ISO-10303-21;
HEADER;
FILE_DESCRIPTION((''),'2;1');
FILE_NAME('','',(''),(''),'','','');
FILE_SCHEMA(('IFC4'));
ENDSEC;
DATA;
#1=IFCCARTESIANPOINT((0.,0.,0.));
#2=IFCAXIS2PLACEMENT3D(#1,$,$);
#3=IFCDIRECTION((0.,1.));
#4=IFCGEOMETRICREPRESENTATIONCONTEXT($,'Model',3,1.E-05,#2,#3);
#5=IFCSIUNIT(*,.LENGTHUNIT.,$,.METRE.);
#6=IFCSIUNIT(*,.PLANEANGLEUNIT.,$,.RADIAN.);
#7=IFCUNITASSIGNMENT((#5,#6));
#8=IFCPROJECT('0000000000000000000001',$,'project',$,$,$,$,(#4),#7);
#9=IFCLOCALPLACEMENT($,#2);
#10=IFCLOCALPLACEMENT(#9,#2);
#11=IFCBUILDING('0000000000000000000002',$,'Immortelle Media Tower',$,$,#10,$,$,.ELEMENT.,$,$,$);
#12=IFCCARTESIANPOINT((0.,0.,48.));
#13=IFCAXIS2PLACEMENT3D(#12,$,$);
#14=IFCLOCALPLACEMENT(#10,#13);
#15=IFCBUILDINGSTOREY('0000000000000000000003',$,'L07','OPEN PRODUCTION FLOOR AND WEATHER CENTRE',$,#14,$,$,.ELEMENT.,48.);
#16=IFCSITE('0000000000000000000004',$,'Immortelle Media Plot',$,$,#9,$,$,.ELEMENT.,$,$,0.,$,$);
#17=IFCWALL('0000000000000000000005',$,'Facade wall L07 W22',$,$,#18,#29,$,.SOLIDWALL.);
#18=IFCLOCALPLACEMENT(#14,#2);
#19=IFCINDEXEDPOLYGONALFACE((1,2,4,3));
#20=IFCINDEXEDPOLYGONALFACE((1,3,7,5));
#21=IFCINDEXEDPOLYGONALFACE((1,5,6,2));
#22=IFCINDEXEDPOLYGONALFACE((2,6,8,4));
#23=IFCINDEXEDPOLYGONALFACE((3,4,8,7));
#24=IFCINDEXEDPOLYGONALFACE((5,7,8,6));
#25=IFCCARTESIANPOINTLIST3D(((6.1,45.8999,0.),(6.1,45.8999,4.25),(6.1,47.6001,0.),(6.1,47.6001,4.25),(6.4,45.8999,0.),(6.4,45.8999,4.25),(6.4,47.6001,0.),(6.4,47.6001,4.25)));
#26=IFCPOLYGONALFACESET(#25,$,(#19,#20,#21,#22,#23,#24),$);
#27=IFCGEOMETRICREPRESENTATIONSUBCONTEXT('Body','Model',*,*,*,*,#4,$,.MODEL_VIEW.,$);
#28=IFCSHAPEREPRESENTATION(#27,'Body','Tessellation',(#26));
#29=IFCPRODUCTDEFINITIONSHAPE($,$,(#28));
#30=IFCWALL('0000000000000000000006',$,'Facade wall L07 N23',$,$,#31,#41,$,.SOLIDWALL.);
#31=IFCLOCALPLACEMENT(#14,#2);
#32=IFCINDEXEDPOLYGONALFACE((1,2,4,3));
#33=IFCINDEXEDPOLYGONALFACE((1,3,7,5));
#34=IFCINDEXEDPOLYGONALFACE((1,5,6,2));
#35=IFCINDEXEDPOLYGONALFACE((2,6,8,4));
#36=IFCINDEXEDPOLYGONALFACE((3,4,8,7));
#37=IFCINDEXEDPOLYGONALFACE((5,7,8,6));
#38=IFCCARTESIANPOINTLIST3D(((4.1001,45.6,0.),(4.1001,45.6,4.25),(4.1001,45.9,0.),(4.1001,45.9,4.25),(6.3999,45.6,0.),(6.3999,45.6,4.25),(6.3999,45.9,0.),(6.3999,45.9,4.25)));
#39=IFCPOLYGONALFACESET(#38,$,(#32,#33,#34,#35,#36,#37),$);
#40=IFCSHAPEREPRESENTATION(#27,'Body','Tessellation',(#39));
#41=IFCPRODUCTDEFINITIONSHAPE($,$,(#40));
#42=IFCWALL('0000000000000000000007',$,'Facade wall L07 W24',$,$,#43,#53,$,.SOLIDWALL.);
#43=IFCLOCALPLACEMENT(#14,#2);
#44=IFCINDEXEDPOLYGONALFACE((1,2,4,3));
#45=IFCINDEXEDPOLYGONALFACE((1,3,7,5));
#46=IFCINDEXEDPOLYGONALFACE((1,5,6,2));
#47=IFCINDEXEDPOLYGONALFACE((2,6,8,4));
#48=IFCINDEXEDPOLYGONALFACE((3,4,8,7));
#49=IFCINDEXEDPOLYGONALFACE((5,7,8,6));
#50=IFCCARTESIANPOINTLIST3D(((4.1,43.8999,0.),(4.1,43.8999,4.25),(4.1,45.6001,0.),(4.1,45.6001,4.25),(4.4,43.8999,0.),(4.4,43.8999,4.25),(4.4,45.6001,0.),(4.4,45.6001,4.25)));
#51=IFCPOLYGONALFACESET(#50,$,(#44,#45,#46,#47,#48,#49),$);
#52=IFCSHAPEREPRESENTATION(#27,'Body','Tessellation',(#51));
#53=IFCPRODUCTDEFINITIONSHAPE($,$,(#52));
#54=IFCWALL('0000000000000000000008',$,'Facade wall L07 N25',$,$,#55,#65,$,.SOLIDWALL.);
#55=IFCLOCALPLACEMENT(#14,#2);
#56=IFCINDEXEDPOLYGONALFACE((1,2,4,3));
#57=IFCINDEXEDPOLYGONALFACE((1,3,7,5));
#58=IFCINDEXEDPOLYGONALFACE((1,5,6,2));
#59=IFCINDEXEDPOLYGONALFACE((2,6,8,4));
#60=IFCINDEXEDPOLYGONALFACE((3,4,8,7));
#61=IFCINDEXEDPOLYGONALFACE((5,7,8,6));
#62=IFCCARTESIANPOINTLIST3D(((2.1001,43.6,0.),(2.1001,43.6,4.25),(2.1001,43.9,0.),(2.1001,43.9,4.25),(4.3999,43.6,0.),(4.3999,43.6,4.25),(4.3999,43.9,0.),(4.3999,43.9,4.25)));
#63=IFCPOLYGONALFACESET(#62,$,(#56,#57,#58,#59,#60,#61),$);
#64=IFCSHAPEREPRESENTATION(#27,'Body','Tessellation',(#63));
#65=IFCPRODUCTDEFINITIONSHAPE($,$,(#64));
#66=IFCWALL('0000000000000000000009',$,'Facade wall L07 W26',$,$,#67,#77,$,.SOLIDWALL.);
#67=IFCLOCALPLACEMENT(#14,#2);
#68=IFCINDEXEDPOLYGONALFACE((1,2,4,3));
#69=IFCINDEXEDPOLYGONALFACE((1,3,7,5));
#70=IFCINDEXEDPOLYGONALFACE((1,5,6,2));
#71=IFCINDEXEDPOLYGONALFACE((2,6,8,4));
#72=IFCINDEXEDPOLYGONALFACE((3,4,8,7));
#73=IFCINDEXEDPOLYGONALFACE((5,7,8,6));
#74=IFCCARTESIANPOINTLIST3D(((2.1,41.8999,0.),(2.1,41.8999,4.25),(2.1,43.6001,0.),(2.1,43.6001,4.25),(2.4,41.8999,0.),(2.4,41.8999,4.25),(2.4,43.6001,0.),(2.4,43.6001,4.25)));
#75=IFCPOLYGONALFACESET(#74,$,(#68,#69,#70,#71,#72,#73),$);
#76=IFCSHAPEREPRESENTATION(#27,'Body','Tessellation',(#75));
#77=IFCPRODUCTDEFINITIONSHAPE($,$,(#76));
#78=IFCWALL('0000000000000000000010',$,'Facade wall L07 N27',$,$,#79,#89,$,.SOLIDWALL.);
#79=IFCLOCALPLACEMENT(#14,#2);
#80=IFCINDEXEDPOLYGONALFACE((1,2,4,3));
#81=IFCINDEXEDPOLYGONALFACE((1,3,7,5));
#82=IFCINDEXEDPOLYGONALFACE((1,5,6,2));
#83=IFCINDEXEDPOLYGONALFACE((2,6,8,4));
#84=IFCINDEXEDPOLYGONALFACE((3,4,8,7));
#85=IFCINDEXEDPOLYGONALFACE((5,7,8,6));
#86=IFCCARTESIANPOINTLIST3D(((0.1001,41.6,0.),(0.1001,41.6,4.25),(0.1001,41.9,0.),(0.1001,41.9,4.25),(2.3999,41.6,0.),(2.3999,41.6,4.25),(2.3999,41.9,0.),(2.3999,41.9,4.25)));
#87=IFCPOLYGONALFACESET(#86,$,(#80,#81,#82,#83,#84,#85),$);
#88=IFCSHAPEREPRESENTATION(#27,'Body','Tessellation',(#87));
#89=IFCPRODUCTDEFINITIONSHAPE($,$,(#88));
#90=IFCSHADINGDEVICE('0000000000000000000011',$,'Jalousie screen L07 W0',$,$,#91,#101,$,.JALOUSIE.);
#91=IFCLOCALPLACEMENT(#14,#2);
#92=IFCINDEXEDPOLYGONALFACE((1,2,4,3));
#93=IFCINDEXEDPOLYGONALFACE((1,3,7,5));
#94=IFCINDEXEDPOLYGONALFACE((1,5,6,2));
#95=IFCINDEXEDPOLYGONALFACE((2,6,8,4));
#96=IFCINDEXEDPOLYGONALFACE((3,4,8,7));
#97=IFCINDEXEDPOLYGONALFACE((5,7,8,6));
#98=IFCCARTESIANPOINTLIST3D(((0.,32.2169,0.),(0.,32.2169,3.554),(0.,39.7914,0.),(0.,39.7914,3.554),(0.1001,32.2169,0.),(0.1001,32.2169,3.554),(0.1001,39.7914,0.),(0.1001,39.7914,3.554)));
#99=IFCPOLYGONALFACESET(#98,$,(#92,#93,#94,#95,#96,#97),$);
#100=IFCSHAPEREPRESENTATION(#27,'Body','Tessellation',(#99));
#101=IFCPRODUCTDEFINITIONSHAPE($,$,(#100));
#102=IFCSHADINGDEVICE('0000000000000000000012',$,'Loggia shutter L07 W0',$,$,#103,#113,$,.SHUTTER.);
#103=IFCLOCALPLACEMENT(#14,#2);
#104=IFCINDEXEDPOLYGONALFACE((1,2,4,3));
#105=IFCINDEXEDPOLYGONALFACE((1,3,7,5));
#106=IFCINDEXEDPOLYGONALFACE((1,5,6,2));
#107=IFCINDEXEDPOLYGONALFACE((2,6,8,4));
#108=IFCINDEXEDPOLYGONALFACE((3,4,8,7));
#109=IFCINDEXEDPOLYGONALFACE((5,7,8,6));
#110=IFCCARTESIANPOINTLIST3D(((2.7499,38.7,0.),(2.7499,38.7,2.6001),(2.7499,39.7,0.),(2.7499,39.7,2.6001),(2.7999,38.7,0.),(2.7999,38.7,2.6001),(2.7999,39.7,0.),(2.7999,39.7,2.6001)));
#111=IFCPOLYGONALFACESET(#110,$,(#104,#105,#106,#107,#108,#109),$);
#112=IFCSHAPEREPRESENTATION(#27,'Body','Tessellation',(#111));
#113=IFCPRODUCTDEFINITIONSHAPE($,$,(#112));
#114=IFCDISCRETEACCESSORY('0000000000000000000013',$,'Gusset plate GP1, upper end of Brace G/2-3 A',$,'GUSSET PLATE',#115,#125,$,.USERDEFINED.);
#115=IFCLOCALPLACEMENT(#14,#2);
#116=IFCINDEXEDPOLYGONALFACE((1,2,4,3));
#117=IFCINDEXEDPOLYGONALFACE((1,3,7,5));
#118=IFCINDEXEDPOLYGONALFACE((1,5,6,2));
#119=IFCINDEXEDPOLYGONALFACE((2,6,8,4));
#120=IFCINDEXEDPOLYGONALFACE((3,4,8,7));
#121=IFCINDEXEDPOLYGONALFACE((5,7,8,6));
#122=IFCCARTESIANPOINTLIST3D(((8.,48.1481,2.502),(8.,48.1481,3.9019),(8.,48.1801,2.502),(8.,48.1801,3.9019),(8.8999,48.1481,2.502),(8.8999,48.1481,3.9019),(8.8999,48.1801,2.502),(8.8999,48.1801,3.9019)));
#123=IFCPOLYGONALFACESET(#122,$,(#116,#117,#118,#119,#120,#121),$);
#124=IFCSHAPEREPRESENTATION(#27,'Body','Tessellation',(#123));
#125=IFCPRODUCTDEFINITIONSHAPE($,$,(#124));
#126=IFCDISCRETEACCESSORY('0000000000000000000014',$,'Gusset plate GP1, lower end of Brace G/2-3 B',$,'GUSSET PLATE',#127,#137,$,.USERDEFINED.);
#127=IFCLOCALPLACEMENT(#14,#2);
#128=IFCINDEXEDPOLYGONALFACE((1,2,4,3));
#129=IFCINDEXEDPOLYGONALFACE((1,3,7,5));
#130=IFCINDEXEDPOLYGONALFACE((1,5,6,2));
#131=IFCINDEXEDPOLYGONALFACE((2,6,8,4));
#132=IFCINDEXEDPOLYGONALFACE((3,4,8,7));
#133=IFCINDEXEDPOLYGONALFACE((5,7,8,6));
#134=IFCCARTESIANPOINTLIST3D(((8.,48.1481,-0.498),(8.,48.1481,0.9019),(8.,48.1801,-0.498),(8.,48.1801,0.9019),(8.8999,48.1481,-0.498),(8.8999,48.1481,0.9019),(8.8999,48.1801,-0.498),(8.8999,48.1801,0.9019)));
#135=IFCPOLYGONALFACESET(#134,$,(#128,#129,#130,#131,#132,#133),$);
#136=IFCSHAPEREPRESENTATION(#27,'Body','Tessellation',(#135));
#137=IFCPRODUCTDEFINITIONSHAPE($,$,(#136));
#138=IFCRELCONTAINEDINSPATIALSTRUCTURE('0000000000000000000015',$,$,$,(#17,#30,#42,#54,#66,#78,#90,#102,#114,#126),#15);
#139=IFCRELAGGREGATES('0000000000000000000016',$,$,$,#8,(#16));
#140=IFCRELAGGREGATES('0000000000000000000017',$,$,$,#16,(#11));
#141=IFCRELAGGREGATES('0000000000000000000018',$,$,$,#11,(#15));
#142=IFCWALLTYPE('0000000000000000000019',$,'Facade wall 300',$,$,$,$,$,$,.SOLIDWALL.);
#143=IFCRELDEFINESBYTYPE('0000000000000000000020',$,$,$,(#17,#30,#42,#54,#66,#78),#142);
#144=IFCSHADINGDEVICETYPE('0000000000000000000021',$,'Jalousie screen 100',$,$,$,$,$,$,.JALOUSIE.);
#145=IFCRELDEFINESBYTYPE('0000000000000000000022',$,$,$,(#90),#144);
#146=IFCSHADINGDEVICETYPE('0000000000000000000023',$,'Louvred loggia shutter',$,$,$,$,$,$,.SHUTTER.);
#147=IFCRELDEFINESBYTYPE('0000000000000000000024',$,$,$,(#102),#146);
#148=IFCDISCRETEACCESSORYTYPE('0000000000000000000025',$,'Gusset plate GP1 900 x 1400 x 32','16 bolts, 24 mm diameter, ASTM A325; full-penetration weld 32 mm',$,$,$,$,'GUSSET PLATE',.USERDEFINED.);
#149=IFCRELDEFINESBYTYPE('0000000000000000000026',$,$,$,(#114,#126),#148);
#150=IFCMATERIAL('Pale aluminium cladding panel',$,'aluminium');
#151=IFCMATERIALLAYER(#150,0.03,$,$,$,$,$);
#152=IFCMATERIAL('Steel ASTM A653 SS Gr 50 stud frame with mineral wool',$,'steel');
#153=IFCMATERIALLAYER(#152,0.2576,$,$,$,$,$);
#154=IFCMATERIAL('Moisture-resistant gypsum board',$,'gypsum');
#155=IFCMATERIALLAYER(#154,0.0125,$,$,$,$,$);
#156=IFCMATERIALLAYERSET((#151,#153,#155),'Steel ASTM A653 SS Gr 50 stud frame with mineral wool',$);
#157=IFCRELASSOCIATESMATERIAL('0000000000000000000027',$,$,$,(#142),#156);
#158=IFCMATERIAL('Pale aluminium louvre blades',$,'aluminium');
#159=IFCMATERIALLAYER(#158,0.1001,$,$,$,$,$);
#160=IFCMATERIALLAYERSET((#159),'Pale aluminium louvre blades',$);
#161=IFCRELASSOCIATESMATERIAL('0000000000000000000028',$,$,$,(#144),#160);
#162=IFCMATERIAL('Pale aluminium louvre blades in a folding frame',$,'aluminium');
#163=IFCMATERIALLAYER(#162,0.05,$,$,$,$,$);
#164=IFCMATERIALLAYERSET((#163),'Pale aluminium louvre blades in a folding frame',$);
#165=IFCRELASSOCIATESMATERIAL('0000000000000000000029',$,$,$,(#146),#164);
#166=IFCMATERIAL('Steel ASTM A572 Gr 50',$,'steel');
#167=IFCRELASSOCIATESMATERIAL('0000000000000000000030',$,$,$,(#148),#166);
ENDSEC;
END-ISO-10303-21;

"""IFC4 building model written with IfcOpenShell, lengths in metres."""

from ifc_helpers import new_model, si_unit, direction, frame, frame_2d, origin, origin_2d, place, context, subcontext, project, spatial, rectangle, extrude, material, layer, layer_set, material_profile, profile_set, type_object, element, save


model = new_model("IFC4")

# Units and contexts
model_context = context("Model", 3, precision=1e-05, world=origin(), true_north=direction((0.0, 1.0)))
body_context = subcontext(model_context, "Body", "Model", "MODEL_VIEW")
ifc_project = project(units=[si_unit("LENGTHUNIT", "METRE"), si_unit("PLANEANGLEUNIT", "RADIAN")], contexts=[model_context])

# Site, building, storey
site_placement = place(None, origin())
site = spatial("IfcSite", under=ifc_project, at=site_placement, Name="Immortelle Media Plot", CompositionType="ELEMENT", RefElevation=0.0)
building_placement = place(site_placement, origin())
building = spatial("IfcBuilding", under=site, at=building_placement, Name="Immortelle Media Tower", CompositionType="ELEMENT")
storey_placement = place(building_placement, frame((0.0, 0.0, 48.0)))
storey = spatial("IfcBuildingStorey", under=building, at=storey_placement, Name="L07", Description="OPEN PRODUCTION FLOOR AND WEATHER CENTRE", CompositionType="ELEMENT", Elevation=48.0)

# Shared definitions
ifc_material_1 = material(Name="Pale aluminium cladding panel", Category="aluminium")
ifc_layer_1 = layer(ifc_material_1, 0.03)
ifc_material_2 = material(Name="Steel ASTM A653 SS Gr 50 stud frame with mineral wool", Category="steel")
ifc_layer_2 = layer(ifc_material_2, 0.2576)
ifc_material_3 = material(Name="Moisture-resistant gypsum board", Category="gypsum")
ifc_layer_3 = layer(ifc_material_3, 0.0125)
ifc_layer_set_1 = layer_set([ifc_layer_1, ifc_layer_2, ifc_layer_3], Name="Steel ASTM A653 SS Gr 50 stud frame with mineral wool")
wall_type = type_object("IfcWallType", Name="Facade wall 300", PredefinedType="SOLIDWALL", material=ifc_layer_set_1)

# Walls
wall_1_placement = place(storey_placement, frame((6.25, 47.6001, 0.0), z_axis=(0.0, 0.0, 1.0), x_axis=(0.0, -1.0, 0.0)))
element("IfcWall", 1, at=wall_1_placement, inside=storey, type_object=wall_type, Name="Facade wall L07 W22", PredefinedType="SOLIDWALL", context=body_context, shape_type="SweptSolid", body=[
    extrude(rectangle(XDim=1.7002, YDim=0.3, at=frame_2d((0.8501, 0.0))), origin(), (0.0, 0.0, 1.0), 4.25),
])
wall_2_placement = place(storey_placement, frame((6.3999, 45.75, 0.0), z_axis=(0.0, 0.0, 1.0), x_axis=(-1.0, 0.0, 0.0)))
element("IfcWall", 2, at=wall_2_placement, inside=storey, type_object=wall_type, Name="Facade wall L07 N23", PredefinedType="SOLIDWALL", context=body_context, shape_type="SweptSolid", body=[
    extrude(rectangle(XDim=2.2998, YDim=0.3, at=frame_2d((1.1499, 0.0))), origin(), (0.0, 0.0, 1.0), 4.25),
])
wall_3_placement = place(storey_placement, frame((4.25, 45.6001, 0.0), z_axis=(0.0, 0.0, 1.0), x_axis=(0.0, -1.0, 0.0)))
element("IfcWall", 3, at=wall_3_placement, inside=storey, type_object=wall_type, Name="Facade wall L07 W24", PredefinedType="SOLIDWALL", context=body_context, shape_type="SweptSolid", body=[
    extrude(rectangle(XDim=1.7002, YDim=0.3, at=frame_2d((0.8501, 0.0))), origin(), (0.0, 0.0, 1.0), 4.25),
])
wall_4_placement = place(storey_placement, frame((4.3999, 43.75, 0.0), z_axis=(0.0, 0.0, 1.0), x_axis=(-1.0, 0.0, 0.0)))
element("IfcWall", 4, at=wall_4_placement, inside=storey, type_object=wall_type, Name="Facade wall L07 N25", PredefinedType="SOLIDWALL", context=body_context, shape_type="SweptSolid", body=[
    extrude(rectangle(XDim=2.2998, YDim=0.3, at=frame_2d((1.1499, 0.0))), origin(), (0.0, 0.0, 1.0), 4.25),
])
wall_5_placement = place(storey_placement, frame((2.25, 43.6001, 0.0), z_axis=(0.0, 0.0, 1.0), x_axis=(0.0, -1.0, 0.0)))
element("IfcWall", 5, at=wall_5_placement, inside=storey, type_object=wall_type, Name="Facade wall L07 W26", PredefinedType="SOLIDWALL", context=body_context, shape_type="SweptSolid", body=[
    extrude(rectangle(XDim=1.7002, YDim=0.3, at=frame_2d((0.8501, 0.0))), origin(), (0.0, 0.0, 1.0), 4.25),
])
wall_6_placement = place(storey_placement, frame((2.3999, 41.75, 0.0), z_axis=(0.0, 0.0, 1.0), x_axis=(-1.0, 0.0, 0.0)))
element("IfcWall", 6, at=wall_6_placement, inside=storey, type_object=wall_type, Name="Facade wall L07 N27", PredefinedType="SOLIDWALL", context=body_context, shape_type="SweptSolid", body=[
    extrude(rectangle(XDim=2.2998, YDim=0.3, at=frame_2d((1.1499, 0.0))), origin(), (0.0, 0.0, 1.0), 4.25),
])

# Shading devices
ifc_material_4 = material(Name="Pale aluminium louvre blades", Category="aluminium")
ifc_layer_4 = layer(ifc_material_4, 0.1001)
ifc_layer_set_2 = layer_set([ifc_layer_4], Name="Pale aluminium louvre blades")
shading_device_type_1 = type_object("IfcShadingDeviceType", Name="Jalousie screen 100", PredefinedType="JALOUSIE", material=ifc_layer_set_2)
shading_device_1_placement = place(storey_placement, frame((0.05, 36.0042, 0.0), z_axis=(0.0, 0.0, 1.0), x_axis=(0.0, -1.0, 0.0)))
element("IfcShadingDevice", 7, at=shading_device_1_placement, inside=storey, type_object=shading_device_type_1, Name="Jalousie screen L07 W0", PredefinedType="JALOUSIE", context=body_context, shape_type="SweptSolid", body=[
    extrude(rectangle(XDim=7.5745, YDim=0.1001, at=origin_2d()), origin(), (0.0, 0.0, 1.0), 3.554),
])
ifc_material_5 = material(Name="Pale aluminium louvre blades in a folding frame", Category="aluminium")
ifc_layer_5 = layer(ifc_material_5, 0.05)
ifc_layer_set_3 = layer_set([ifc_layer_5], Name="Pale aluminium louvre blades in a folding frame")
shading_device_type_2 = type_object("IfcShadingDeviceType", Name="Louvred loggia shutter", PredefinedType="SHUTTER", material=ifc_layer_set_3)
shading_device_2_placement = place(storey_placement, frame((2.7749, 39.2, 0.0), z_axis=(0.0, 0.0, 1.0), x_axis=(0.0, -1.0, 0.0)))
element("IfcShadingDevice", 8, at=shading_device_2_placement, inside=storey, type_object=shading_device_type_2, Name="Loggia shutter L07 W0", PredefinedType="SHUTTER", context=body_context, shape_type="SweptSolid", body=[
    extrude(rectangle(XDim=1.0, YDim=0.05, at=origin_2d()), origin(), (0.0, 0.0, 1.0), 2.6001),
])

# Discrete accessories
ifc_material_6 = material(Name="Steel ASTM A572 Gr 50", Category="steel")
ifc_material_profile_1 = material_profile(ifc_material_6, rectangle(XDim=0.032, YDim=1.3999, at=origin_2d()), Name="PL 32 x 1400")
ifc_profile_set_1 = profile_set([ifc_material_profile_1], Name="Steel ASTM A572 Gr 50")
discrete_accessory_type = type_object("IfcDiscreteAccessoryType", Name="Gusset plate GP1 900 x 1400 x 32", Description="16 bolts, 24 mm diameter, ASTM A325; full-penetration weld 32 mm", ElementType="GUSSET PLATE", PredefinedType="USERDEFINED", material=ifc_profile_set_1)
for number, where, z_axis, x_axis, name in (
    (9, (8.0, 48.1641, 3.2019), (1.0, 0.0, 0.0), (0.0, 1.0, 0.0), "Gusset plate GP1, upper end of Brace G/2-3 A"),
    (10, (8.0, 48.1641, 0.2019), (1.0, 0.0, 0.0), (0.0, 1.0, 0.0), "Gusset plate GP1, lower end of Brace G/2-3 B"),
):
    element("IfcDiscreteAccessory", number, at=place(storey_placement, frame(where, z_axis=z_axis, x_axis=x_axis)), inside=storey, type_object=discrete_accessory_type, Name=name, ObjectType="GUSSET PLATE", PredefinedType="USERDEFINED", context=body_context, shape_type="SweptSolid", body=[
        extrude(rectangle(XDim=0.032, YDim=1.3999, at=origin_2d()), origin(), (0.0, 0.0, 1.0), 0.8999),
    ])

save(model, "model.ifc")
